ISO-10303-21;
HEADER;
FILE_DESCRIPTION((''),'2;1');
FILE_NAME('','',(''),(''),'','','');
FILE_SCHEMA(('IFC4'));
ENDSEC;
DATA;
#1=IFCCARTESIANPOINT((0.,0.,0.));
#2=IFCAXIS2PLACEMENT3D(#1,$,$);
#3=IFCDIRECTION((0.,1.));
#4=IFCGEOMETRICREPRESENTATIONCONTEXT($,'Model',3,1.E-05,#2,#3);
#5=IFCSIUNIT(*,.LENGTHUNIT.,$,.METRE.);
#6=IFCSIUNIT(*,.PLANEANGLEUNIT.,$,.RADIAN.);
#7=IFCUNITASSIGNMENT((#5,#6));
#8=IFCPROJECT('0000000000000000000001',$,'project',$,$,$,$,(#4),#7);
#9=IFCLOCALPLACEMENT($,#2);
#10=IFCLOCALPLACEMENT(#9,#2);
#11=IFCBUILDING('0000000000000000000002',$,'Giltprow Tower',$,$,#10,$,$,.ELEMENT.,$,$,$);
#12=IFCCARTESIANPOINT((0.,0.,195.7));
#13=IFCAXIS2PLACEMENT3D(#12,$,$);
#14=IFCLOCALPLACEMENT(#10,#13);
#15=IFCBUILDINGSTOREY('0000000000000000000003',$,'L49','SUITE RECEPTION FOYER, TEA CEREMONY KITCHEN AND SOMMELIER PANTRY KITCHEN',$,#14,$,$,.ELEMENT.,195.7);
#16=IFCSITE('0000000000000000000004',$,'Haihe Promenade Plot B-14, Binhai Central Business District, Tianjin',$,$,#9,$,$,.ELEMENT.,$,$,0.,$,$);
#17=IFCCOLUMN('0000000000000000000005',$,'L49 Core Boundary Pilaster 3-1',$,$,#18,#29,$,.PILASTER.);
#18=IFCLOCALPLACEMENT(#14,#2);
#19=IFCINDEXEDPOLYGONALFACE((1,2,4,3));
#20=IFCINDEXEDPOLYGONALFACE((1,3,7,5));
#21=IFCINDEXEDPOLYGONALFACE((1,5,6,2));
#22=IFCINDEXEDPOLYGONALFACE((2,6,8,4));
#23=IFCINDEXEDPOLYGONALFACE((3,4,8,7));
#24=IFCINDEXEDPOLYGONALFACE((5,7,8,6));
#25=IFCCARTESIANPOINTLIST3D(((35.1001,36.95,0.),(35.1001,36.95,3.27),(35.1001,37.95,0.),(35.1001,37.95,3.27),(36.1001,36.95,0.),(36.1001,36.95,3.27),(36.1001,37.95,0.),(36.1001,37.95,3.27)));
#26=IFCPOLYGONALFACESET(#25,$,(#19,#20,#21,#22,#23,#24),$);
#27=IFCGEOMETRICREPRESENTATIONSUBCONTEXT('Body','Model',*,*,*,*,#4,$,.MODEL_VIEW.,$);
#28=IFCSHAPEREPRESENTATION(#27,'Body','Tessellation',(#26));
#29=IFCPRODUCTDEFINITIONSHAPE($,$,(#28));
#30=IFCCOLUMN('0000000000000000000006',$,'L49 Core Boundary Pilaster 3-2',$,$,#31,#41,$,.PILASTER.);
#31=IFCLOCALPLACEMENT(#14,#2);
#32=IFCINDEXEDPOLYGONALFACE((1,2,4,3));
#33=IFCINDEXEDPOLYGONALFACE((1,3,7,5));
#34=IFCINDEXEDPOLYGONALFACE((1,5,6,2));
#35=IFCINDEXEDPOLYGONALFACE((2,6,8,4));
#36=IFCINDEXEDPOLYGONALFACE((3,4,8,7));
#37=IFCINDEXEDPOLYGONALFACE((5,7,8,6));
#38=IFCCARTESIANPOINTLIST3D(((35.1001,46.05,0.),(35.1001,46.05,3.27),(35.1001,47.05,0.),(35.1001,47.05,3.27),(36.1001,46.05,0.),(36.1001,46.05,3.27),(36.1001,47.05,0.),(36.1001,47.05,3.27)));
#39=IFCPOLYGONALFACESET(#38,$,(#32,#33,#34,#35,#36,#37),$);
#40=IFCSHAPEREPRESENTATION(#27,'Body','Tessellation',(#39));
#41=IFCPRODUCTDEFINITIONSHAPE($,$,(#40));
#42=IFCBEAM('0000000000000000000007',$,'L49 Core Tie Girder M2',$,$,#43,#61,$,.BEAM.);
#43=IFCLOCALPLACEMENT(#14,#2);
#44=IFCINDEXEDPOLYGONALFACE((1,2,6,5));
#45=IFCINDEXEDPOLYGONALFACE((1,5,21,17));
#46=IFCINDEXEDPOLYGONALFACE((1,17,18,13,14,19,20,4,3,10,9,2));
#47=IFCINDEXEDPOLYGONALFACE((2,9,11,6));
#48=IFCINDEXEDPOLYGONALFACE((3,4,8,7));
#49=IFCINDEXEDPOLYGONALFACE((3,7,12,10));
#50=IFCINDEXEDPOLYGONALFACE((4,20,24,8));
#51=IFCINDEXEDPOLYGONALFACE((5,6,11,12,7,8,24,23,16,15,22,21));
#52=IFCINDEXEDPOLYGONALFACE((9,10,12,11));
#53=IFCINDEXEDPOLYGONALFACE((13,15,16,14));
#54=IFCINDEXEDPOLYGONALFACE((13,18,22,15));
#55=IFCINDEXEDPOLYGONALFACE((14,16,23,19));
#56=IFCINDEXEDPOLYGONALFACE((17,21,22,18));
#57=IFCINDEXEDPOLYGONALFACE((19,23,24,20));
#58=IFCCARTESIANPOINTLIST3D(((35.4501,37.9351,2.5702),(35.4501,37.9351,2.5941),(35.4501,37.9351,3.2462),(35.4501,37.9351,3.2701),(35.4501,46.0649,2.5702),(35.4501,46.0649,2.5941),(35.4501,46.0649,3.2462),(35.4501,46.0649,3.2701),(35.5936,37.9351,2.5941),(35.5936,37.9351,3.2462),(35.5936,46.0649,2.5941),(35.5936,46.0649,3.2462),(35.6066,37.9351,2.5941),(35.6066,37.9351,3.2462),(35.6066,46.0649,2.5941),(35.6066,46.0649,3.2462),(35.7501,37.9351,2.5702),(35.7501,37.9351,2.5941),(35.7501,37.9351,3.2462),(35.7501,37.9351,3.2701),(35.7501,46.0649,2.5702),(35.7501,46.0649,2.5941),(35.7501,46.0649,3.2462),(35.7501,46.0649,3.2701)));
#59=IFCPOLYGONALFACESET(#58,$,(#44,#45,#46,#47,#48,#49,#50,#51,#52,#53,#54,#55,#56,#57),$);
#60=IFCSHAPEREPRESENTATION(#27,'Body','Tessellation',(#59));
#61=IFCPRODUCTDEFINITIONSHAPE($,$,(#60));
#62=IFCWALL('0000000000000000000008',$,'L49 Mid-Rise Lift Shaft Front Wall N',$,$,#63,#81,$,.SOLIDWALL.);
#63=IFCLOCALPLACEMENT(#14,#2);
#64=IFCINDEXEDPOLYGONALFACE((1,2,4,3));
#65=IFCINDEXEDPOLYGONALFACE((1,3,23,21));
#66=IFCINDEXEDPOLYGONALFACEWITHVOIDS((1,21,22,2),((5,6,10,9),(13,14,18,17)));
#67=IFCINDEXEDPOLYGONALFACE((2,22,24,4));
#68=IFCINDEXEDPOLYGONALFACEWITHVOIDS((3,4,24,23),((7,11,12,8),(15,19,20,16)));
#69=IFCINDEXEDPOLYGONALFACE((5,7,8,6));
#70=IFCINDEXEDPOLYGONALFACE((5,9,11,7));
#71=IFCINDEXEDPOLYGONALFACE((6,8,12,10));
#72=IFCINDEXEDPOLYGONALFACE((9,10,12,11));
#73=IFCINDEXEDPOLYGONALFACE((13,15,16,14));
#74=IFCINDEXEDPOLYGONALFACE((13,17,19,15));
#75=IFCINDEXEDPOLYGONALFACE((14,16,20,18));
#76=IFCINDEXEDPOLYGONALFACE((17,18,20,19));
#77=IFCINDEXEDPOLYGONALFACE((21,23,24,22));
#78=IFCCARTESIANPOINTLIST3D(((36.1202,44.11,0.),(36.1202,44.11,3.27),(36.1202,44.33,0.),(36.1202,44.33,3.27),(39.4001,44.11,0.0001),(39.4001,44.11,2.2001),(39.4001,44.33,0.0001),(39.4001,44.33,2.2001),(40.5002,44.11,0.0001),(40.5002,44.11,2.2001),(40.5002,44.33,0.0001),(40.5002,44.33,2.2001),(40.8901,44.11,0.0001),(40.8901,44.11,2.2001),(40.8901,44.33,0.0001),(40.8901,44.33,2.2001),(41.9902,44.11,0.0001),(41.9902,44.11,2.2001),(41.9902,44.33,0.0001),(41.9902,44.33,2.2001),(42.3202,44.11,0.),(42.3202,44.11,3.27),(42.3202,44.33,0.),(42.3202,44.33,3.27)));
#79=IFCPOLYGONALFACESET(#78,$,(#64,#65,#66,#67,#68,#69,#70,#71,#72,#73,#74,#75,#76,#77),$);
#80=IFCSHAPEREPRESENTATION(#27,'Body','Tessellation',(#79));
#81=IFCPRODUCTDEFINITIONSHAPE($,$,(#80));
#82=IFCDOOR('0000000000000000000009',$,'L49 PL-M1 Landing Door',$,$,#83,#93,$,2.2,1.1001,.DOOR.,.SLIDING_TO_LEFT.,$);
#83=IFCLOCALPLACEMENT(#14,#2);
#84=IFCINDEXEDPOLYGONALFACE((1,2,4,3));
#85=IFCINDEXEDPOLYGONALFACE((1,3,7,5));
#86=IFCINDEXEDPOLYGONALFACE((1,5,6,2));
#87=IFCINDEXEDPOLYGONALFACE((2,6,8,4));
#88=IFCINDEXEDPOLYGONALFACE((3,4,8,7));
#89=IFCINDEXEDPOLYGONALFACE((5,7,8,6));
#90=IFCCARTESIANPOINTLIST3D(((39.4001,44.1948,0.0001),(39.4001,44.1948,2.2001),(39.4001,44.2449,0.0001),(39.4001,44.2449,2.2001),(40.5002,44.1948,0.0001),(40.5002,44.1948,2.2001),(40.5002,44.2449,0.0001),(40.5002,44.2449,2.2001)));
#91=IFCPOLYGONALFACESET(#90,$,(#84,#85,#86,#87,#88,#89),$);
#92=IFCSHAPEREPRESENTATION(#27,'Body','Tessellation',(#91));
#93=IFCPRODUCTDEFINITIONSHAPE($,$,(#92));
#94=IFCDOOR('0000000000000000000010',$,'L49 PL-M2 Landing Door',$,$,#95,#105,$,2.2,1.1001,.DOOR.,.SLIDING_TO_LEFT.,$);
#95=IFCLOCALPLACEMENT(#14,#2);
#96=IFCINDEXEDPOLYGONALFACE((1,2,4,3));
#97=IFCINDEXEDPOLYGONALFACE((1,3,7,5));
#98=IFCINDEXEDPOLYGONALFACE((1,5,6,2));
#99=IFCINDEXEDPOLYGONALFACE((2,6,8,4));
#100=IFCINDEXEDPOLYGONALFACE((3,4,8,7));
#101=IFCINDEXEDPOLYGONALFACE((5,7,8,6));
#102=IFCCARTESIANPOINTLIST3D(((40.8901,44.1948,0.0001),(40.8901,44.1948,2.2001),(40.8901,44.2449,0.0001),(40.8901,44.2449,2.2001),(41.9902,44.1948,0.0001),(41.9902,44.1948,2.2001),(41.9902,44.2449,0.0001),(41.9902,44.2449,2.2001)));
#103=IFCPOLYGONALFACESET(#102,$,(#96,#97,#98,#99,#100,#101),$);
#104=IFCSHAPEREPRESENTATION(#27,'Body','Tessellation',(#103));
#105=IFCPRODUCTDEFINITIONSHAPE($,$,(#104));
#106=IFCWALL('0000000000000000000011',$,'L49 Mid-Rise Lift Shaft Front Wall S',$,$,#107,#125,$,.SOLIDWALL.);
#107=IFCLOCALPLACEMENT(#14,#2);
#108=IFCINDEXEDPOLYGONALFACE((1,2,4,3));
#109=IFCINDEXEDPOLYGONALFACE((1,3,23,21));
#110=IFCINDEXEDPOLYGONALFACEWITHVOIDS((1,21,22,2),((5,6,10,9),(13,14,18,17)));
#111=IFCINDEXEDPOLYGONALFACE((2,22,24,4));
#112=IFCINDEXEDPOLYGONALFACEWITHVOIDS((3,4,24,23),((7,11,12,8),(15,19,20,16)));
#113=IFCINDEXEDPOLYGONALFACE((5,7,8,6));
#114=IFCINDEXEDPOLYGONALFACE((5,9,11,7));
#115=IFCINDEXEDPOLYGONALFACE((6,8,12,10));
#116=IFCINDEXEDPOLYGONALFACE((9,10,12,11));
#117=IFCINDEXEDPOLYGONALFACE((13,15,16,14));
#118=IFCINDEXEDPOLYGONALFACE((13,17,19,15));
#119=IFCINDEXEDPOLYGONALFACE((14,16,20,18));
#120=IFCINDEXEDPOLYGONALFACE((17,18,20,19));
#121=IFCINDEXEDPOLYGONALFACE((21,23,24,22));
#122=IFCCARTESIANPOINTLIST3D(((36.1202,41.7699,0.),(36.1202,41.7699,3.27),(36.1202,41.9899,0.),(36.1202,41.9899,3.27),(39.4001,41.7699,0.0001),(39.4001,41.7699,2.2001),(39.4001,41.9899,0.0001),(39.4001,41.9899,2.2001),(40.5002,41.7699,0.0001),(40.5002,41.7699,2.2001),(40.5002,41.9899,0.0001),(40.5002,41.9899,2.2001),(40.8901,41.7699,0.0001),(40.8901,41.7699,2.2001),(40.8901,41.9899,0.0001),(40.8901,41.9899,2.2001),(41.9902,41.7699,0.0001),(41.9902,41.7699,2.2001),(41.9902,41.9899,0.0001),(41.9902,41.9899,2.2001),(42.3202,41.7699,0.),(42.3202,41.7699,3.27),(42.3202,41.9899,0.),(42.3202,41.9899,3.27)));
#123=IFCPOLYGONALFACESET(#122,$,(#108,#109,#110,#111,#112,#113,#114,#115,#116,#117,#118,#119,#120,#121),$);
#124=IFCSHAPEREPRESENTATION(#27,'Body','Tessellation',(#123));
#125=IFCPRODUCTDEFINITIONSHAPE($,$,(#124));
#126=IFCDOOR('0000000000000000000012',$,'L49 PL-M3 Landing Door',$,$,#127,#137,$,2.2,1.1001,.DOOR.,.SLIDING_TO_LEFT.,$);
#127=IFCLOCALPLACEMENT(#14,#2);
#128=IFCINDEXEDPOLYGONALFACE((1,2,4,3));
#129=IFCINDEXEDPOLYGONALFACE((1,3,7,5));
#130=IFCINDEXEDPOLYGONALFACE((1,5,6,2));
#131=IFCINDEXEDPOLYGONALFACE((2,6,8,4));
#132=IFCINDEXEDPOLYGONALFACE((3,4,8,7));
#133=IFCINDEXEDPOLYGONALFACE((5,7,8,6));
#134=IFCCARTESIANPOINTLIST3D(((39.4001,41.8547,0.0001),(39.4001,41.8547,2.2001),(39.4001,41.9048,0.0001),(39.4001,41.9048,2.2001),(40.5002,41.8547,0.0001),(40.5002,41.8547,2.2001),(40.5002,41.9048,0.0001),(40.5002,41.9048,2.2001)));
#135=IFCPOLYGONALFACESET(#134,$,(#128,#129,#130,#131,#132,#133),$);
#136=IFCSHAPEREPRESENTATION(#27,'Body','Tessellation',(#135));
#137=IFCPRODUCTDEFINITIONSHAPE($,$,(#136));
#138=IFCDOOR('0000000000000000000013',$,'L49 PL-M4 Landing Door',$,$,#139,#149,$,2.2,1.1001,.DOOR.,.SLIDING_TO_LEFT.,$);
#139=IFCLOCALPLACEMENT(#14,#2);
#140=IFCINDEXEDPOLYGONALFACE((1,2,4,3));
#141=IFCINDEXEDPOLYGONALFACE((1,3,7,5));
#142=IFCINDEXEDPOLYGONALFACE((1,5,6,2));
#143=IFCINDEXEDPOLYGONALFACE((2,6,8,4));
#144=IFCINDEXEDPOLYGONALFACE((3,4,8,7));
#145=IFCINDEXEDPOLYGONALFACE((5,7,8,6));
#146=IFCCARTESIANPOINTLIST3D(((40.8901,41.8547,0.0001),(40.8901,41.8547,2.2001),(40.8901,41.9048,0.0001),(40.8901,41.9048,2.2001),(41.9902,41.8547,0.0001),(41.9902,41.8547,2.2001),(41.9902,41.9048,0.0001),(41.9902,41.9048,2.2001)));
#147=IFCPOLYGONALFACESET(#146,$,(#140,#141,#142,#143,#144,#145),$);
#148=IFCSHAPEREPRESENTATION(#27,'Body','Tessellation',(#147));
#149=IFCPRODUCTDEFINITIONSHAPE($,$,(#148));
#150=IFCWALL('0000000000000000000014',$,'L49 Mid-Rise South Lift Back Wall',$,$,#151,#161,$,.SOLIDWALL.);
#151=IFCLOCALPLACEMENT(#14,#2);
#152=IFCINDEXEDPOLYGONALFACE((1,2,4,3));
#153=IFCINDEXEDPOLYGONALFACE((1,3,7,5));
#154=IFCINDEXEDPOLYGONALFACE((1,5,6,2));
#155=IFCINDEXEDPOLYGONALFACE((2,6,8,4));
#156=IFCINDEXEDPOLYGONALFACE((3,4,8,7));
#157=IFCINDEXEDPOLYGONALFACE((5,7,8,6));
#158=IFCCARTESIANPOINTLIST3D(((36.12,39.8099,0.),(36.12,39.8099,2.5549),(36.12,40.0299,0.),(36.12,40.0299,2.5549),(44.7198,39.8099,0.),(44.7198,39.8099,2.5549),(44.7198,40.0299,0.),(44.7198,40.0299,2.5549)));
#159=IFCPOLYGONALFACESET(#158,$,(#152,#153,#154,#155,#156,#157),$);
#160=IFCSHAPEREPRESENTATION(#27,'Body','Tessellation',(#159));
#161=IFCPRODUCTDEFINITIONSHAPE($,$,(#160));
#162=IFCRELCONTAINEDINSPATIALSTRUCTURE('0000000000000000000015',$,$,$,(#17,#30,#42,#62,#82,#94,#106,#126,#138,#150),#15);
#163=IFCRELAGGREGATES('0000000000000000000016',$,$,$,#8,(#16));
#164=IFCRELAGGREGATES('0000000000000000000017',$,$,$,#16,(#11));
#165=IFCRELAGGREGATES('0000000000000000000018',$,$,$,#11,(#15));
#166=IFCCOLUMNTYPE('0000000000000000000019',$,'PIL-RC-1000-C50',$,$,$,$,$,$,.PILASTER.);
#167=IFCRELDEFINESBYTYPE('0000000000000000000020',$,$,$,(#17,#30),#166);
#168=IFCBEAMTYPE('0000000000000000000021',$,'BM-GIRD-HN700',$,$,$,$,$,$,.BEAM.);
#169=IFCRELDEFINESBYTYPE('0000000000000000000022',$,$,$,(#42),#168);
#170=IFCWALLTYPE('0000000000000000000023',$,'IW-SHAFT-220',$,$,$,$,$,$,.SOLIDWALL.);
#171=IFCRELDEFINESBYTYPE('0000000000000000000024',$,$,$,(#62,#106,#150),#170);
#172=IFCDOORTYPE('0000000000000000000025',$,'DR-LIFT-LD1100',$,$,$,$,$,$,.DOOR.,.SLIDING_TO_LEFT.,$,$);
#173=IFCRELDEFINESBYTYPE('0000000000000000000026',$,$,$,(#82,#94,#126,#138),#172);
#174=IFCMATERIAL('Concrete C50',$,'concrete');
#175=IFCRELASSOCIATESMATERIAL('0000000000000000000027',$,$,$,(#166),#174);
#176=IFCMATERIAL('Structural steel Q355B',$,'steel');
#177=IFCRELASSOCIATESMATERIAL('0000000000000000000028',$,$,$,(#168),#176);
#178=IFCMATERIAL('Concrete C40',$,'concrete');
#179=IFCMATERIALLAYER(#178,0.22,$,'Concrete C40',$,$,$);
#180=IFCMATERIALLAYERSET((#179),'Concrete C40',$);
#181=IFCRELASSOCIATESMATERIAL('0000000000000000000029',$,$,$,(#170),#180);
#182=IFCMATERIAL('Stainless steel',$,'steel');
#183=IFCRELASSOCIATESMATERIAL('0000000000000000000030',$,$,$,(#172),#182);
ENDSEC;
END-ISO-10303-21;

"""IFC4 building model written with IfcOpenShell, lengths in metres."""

from ifc_helpers import new_model, si_unit, direction, frame, frame_2d, origin, origin_2d, place, context, subcontext, project, spatial, rectangle, i_section, extrude, source, transform, mapped, material, layer, layer_set, material_profile, profile_set, type_object, element, fill, save


model = new_model("IFC4")

# Units and contexts
model_context = context("Model", 3, precision=1e-05, world=origin(), true_north=direction((0.0, 1.0)))
body_context = subcontext(model_context, "Body", "Model", "MODEL_VIEW")
ifc_project = project(units=[si_unit("LENGTHUNIT", "METRE"), si_unit("PLANEANGLEUNIT", "RADIAN")], contexts=[model_context])

# Site, building, storey
site_placement = place(None, origin())
site = spatial("IfcSite", under=ifc_project, at=site_placement, Name="Haihe Promenade Plot B-14, Binhai Central Business District, Tianjin", CompositionType="ELEMENT", RefElevation=0.0)
building_placement = place(site_placement, origin())
building = spatial("IfcBuilding", under=site, at=building_placement, Name="Giltprow Tower", CompositionType="ELEMENT")
storey_placement = place(building_placement, frame((0.0, 0.0, 195.7)))
storey = spatial("IfcBuildingStorey", under=building, at=storey_placement, Name="L49", Description="SUITE RECEPTION FOYER, TEA CEREMONY KITCHEN AND SOMMELIER PANTRY KITCHEN", CompositionType="ELEMENT", Elevation=195.7)

# Columns
ifc_material_1 = material(Name="Concrete C50", Category="concrete")
ifc_material_profile_1 = material_profile(ifc_material_1, rectangle(XDim=1.0, YDim=1.0, at=origin_2d()), Name="RC 1000x1000")
ifc_profile_set_1 = profile_set([ifc_material_profile_1], Name="Concrete C50")
column_type = type_object("IfcColumnType", Name="PIL-RC-1000-C50", PredefinedType="PILASTER", material=ifc_profile_set_1)
shared_shape_1 = source(origin(), body_context, "Body", "SweptSolid", [
    extrude(rectangle(XDim=1.0, YDim=1.0, at=origin_2d()), origin(), (0.0, 0.0, 1.0), 3.27),
])
for number, where, z_axis, x_axis, name in (
    (1, (35.6001, 37.45, 0.0), (0.0, 0.0, 1.0), (1.0, 0.0, 0.0), "L49 Core Boundary Pilaster 3-1"),
    (2, (35.6001, 46.55, 0.0), (0.0, 0.0, 1.0), (1.0, 0.0, 0.0), "L49 Core Boundary Pilaster 3-2"),
):
    element("IfcColumn", number, at=place(storey_placement, frame(where, z_axis=z_axis, x_axis=x_axis)), inside=storey, type_object=column_type, Name=name, PredefinedType="PILASTER", context=body_context, shape_type="MappedRepresentation", body=[
        mapped(shared_shape_1, transform((0.0, 0.0, 0.0), x_axis=(1.0, 0.0, 0.0), y_axis=(0.0, 1.0, 0.0), z_axis=(0.0, 0.0, 1.0), scale=1.0)),
    ])

# Beam
ifc_material_2 = material(Name="Structural steel Q355B", Category="steel")
ifc_material_profile_2 = material_profile(ifc_material_2, i_section(OverallWidth=0.3, OverallDepth=0.7, WebThickness=0.0129, FlangeThickness=0.0239, at=origin_2d()), Name="HN 700x300x13x24")
ifc_profile_set_2 = profile_set([ifc_material_profile_2], Name="Structural steel Q355B")
beam_type = type_object("IfcBeamType", Name="BM-GIRD-HN700", PredefinedType="BEAM", material=ifc_profile_set_2)
shared_shape_2 = source(origin(), body_context, "Body", "SweptSolid", [
    extrude(i_section(OverallWidth=0.3, OverallDepth=0.7, WebThickness=0.0129, FlangeThickness=0.0239, at=origin_2d()), origin(), (0.0, 0.0, 1.0), 8.1299),
])
beam_placement = place(storey_placement, frame((35.6001, 37.9351, 2.9202), z_axis=(0.0, 1.0, 0.0), x_axis=(-1.0, 0.0, 0.0)))
element("IfcBeam", 3, at=beam_placement, inside=storey, type_object=beam_type, Name="L49 Core Tie Girder M2", PredefinedType="BEAM", context=body_context, shape_type="MappedRepresentation", body=[
    mapped(shared_shape_2, transform((0.0, 0.0, 0.0), x_axis=(1.0, 0.0, 0.0), y_axis=(0.0, 1.0, 0.0), z_axis=(0.0, 0.0, 1.0), scale=1.0)),
])

# Walls, openings, doors
ifc_material_3 = material(Name="Concrete C40", Category="concrete")
ifc_layer_1 = layer(ifc_material_3, 0.22, Name="Concrete C40")
ifc_layer_set_1 = layer_set([ifc_layer_1], Name="Concrete C40")
wall_type_1 = type_object("IfcWallType", Name="IW-SHAFT-220", PredefinedType="SOLIDWALL", material=ifc_layer_set_1)
wall_1_placement = place(storey_placement, frame((36.1201, 44.22, 0.0), z_axis=(0.0, 0.0, 1.0), x_axis=(1.0, 0.0, 0.0)))
wall_1 = element("IfcWall", 4, at=wall_1_placement, inside=storey, type_object=wall_type_1, Name="L49 Mid-Rise Lift Shaft Front Wall N", PredefinedType="SOLIDWALL", context=body_context, shape_type="SweptSolid", body=[
    extrude(rectangle(XDim=6.2, YDim=0.22, at=frame_2d((3.1001, 0.0))), origin(), (0.0, 0.0, 1.0), 3.27),
])
opening_1_placement = place(wall_1_placement, frame((3.28, 0.0, 0.0)))
opening_1 = element("IfcOpeningElement", 5, at=opening_1_placement, cuts=wall_1, PredefinedType="OPENING", context=body_context, shape_type="SweptSolid", body=[
    extrude(rectangle(XDim=1.1001, YDim=2.2, at=frame_2d((0.55, 1.1001))), frame((0.0, 0.1199, 0.0), z_axis=(0.0, -1.0, 0.0), x_axis=(1.0, 0.0, 0.0)), (0.0, 0.0, 1.0), 0.24),
])
opening_2_placement = place(wall_1_placement, frame((4.77, 0.0, 0.0)))
opening_2 = element("IfcOpeningElement", 6, at=opening_2_placement, cuts=wall_1, PredefinedType="OPENING", context=body_context, shape_type="SweptSolid", body=[
    extrude(rectangle(XDim=1.1001, YDim=2.2, at=frame_2d((0.55, 1.1001))), frame((0.0, 0.1199, 0.0), z_axis=(0.0, -1.0, 0.0), x_axis=(1.0, 0.0, 0.0)), (0.0, 0.0, 1.0), 0.24),
])
ifc_material_4 = material(Name="Stainless steel", Category="steel")
door_type_1 = type_object("IfcDoorType", Name="DR-LIFT-LD1100", OperationType="SLIDING_TO_LEFT", PredefinedType="DOOR", material=ifc_material_4)
shared_shape_3 = source(origin(), body_context, "Body", "SweptSolid", [
    extrude(rectangle(XDim=1.1001, YDim=2.2, at=frame_2d((0.55, 1.1001))), frame((0.0, 0.0249, 0.0), z_axis=(0.0, -1.0, 0.0), x_axis=(1.0, 0.0, 0.0)), (0.0, 0.0, 1.0), 0.05),
])
door_1_placement = place(opening_1_placement, origin())
door_1 = element("IfcDoor", 7, at=door_1_placement, inside=storey, type_object=door_type_1, Name="L49 PL-M1 Landing Door", OperationType="SLIDING_TO_LEFT", OverallHeight=2.2, OverallWidth=1.1001, PredefinedType="DOOR", context=body_context, shape_type="MappedRepresentation", body=[
    mapped(shared_shape_3, transform((0.0, 0.0, 0.0), x_axis=(1.0, 0.0, 0.0), y_axis=(0.0, 1.0, 0.0), z_axis=(0.0, 0.0, 1.0), scale=1.0)),
])
fill(opening_1, door_1)
door_2_placement = place(opening_2_placement, origin())
door_2 = element("IfcDoor", 8, at=door_2_placement, inside=storey, type_object=door_type_1, Name="L49 PL-M2 Landing Door", OperationType="SLIDING_TO_LEFT", OverallHeight=2.2, OverallWidth=1.1001, PredefinedType="DOOR", context=body_context, shape_type="MappedRepresentation", body=[
    mapped(shared_shape_3, transform((0.0, 0.0, 0.0), x_axis=(1.0, 0.0, 0.0), y_axis=(0.0, 1.0, 0.0), z_axis=(0.0, 0.0, 1.0), scale=1.0)),
])
fill(opening_2, door_2)
wall_2_placement = place(storey_placement, frame((36.1201, 41.8799, 0.0), z_axis=(0.0, 0.0, 1.0), x_axis=(1.0, 0.0, 0.0)))
wall_2 = element("IfcWall", 9, at=wall_2_placement, inside=storey, type_object=wall_type_1, Name="L49 Mid-Rise Lift Shaft Front Wall S", PredefinedType="SOLIDWALL", context=body_context, shape_type="SweptSolid", body=[
    extrude(rectangle(XDim=6.2, YDim=0.22, at=frame_2d((3.1001, 0.0))), origin(), (0.0, 0.0, 1.0), 3.27),
])
opening_3_placement = place(wall_2_placement, frame((3.28, 0.0, 0.0)))
opening_3 = element("IfcOpeningElement", 10, at=opening_3_placement, cuts=wall_2, PredefinedType="OPENING", context=body_context, shape_type="SweptSolid", body=[
    extrude(rectangle(XDim=1.1001, YDim=2.2, at=frame_2d((0.55, 1.1001))), frame((0.0, 0.1199, 0.0), z_axis=(0.0, -1.0, 0.0), x_axis=(1.0, 0.0, 0.0)), (0.0, 0.0, 1.0), 0.24),
])
opening_4_placement = place(wall_2_placement, frame((4.77, 0.0, 0.0)))
opening_4 = element("IfcOpeningElement", 11, at=opening_4_placement, cuts=wall_2, PredefinedType="OPENING", context=body_context, shape_type="SweptSolid", body=[
    extrude(rectangle(XDim=1.1001, YDim=2.2, at=frame_2d((0.55, 1.1001))), frame((0.0, 0.1199, 0.0), z_axis=(0.0, -1.0, 0.0), x_axis=(1.0, 0.0, 0.0)), (0.0, 0.0, 1.0), 0.24),
])
door_3_placement = place(opening_3_placement, origin())
door_3 = element("IfcDoor", 12, at=door_3_placement, inside=storey, type_object=door_type_1, Name="L49 PL-M3 Landing Door", OperationType="SLIDING_TO_LEFT", OverallHeight=2.2, OverallWidth=1.1001, PredefinedType="DOOR", context=body_context, shape_type="MappedRepresentation", body=[
    mapped(shared_shape_3, transform((0.0, 0.0, 0.0), x_axis=(1.0, 0.0, 0.0), y_axis=(0.0, 1.0, 0.0), z_axis=(0.0, 0.0, 1.0), scale=1.0)),
])
fill(opening_3, door_3)
door_4_placement = place(opening_4_placement, origin())
door_4 = element("IfcDoor", 13, at=door_4_placement, inside=storey, type_object=door_type_1, Name="L49 PL-M4 Landing Door", OperationType="SLIDING_TO_LEFT", OverallHeight=2.2, OverallWidth=1.1001, PredefinedType="DOOR", context=body_context, shape_type="MappedRepresentation", body=[
    mapped(shared_shape_3, transform((0.0, 0.0, 0.0), x_axis=(1.0, 0.0, 0.0), y_axis=(0.0, 1.0, 0.0), z_axis=(0.0, 0.0, 1.0), scale=1.0)),
])
fill(opening_4, door_4)

# Wall
wall_3_placement = place(storey_placement, frame((36.1201, 39.9199, 0.0), z_axis=(0.0, 0.0, 1.0), x_axis=(1.0, 0.0, 0.0)))
element("IfcWall", 14, at=wall_3_placement, inside=storey, type_object=wall_type_1, Name="L49 Mid-Rise South Lift Back Wall", PredefinedType="SOLIDWALL", context=body_context, shape_type="SweptSolid", body=[
    extrude(rectangle(XDim=8.5999, YDim=0.22, at=frame_2d((4.2998, 0.0))), origin(), (0.0, 0.0, 1.0), 2.5549),
])

save(model, "model.ifc")
